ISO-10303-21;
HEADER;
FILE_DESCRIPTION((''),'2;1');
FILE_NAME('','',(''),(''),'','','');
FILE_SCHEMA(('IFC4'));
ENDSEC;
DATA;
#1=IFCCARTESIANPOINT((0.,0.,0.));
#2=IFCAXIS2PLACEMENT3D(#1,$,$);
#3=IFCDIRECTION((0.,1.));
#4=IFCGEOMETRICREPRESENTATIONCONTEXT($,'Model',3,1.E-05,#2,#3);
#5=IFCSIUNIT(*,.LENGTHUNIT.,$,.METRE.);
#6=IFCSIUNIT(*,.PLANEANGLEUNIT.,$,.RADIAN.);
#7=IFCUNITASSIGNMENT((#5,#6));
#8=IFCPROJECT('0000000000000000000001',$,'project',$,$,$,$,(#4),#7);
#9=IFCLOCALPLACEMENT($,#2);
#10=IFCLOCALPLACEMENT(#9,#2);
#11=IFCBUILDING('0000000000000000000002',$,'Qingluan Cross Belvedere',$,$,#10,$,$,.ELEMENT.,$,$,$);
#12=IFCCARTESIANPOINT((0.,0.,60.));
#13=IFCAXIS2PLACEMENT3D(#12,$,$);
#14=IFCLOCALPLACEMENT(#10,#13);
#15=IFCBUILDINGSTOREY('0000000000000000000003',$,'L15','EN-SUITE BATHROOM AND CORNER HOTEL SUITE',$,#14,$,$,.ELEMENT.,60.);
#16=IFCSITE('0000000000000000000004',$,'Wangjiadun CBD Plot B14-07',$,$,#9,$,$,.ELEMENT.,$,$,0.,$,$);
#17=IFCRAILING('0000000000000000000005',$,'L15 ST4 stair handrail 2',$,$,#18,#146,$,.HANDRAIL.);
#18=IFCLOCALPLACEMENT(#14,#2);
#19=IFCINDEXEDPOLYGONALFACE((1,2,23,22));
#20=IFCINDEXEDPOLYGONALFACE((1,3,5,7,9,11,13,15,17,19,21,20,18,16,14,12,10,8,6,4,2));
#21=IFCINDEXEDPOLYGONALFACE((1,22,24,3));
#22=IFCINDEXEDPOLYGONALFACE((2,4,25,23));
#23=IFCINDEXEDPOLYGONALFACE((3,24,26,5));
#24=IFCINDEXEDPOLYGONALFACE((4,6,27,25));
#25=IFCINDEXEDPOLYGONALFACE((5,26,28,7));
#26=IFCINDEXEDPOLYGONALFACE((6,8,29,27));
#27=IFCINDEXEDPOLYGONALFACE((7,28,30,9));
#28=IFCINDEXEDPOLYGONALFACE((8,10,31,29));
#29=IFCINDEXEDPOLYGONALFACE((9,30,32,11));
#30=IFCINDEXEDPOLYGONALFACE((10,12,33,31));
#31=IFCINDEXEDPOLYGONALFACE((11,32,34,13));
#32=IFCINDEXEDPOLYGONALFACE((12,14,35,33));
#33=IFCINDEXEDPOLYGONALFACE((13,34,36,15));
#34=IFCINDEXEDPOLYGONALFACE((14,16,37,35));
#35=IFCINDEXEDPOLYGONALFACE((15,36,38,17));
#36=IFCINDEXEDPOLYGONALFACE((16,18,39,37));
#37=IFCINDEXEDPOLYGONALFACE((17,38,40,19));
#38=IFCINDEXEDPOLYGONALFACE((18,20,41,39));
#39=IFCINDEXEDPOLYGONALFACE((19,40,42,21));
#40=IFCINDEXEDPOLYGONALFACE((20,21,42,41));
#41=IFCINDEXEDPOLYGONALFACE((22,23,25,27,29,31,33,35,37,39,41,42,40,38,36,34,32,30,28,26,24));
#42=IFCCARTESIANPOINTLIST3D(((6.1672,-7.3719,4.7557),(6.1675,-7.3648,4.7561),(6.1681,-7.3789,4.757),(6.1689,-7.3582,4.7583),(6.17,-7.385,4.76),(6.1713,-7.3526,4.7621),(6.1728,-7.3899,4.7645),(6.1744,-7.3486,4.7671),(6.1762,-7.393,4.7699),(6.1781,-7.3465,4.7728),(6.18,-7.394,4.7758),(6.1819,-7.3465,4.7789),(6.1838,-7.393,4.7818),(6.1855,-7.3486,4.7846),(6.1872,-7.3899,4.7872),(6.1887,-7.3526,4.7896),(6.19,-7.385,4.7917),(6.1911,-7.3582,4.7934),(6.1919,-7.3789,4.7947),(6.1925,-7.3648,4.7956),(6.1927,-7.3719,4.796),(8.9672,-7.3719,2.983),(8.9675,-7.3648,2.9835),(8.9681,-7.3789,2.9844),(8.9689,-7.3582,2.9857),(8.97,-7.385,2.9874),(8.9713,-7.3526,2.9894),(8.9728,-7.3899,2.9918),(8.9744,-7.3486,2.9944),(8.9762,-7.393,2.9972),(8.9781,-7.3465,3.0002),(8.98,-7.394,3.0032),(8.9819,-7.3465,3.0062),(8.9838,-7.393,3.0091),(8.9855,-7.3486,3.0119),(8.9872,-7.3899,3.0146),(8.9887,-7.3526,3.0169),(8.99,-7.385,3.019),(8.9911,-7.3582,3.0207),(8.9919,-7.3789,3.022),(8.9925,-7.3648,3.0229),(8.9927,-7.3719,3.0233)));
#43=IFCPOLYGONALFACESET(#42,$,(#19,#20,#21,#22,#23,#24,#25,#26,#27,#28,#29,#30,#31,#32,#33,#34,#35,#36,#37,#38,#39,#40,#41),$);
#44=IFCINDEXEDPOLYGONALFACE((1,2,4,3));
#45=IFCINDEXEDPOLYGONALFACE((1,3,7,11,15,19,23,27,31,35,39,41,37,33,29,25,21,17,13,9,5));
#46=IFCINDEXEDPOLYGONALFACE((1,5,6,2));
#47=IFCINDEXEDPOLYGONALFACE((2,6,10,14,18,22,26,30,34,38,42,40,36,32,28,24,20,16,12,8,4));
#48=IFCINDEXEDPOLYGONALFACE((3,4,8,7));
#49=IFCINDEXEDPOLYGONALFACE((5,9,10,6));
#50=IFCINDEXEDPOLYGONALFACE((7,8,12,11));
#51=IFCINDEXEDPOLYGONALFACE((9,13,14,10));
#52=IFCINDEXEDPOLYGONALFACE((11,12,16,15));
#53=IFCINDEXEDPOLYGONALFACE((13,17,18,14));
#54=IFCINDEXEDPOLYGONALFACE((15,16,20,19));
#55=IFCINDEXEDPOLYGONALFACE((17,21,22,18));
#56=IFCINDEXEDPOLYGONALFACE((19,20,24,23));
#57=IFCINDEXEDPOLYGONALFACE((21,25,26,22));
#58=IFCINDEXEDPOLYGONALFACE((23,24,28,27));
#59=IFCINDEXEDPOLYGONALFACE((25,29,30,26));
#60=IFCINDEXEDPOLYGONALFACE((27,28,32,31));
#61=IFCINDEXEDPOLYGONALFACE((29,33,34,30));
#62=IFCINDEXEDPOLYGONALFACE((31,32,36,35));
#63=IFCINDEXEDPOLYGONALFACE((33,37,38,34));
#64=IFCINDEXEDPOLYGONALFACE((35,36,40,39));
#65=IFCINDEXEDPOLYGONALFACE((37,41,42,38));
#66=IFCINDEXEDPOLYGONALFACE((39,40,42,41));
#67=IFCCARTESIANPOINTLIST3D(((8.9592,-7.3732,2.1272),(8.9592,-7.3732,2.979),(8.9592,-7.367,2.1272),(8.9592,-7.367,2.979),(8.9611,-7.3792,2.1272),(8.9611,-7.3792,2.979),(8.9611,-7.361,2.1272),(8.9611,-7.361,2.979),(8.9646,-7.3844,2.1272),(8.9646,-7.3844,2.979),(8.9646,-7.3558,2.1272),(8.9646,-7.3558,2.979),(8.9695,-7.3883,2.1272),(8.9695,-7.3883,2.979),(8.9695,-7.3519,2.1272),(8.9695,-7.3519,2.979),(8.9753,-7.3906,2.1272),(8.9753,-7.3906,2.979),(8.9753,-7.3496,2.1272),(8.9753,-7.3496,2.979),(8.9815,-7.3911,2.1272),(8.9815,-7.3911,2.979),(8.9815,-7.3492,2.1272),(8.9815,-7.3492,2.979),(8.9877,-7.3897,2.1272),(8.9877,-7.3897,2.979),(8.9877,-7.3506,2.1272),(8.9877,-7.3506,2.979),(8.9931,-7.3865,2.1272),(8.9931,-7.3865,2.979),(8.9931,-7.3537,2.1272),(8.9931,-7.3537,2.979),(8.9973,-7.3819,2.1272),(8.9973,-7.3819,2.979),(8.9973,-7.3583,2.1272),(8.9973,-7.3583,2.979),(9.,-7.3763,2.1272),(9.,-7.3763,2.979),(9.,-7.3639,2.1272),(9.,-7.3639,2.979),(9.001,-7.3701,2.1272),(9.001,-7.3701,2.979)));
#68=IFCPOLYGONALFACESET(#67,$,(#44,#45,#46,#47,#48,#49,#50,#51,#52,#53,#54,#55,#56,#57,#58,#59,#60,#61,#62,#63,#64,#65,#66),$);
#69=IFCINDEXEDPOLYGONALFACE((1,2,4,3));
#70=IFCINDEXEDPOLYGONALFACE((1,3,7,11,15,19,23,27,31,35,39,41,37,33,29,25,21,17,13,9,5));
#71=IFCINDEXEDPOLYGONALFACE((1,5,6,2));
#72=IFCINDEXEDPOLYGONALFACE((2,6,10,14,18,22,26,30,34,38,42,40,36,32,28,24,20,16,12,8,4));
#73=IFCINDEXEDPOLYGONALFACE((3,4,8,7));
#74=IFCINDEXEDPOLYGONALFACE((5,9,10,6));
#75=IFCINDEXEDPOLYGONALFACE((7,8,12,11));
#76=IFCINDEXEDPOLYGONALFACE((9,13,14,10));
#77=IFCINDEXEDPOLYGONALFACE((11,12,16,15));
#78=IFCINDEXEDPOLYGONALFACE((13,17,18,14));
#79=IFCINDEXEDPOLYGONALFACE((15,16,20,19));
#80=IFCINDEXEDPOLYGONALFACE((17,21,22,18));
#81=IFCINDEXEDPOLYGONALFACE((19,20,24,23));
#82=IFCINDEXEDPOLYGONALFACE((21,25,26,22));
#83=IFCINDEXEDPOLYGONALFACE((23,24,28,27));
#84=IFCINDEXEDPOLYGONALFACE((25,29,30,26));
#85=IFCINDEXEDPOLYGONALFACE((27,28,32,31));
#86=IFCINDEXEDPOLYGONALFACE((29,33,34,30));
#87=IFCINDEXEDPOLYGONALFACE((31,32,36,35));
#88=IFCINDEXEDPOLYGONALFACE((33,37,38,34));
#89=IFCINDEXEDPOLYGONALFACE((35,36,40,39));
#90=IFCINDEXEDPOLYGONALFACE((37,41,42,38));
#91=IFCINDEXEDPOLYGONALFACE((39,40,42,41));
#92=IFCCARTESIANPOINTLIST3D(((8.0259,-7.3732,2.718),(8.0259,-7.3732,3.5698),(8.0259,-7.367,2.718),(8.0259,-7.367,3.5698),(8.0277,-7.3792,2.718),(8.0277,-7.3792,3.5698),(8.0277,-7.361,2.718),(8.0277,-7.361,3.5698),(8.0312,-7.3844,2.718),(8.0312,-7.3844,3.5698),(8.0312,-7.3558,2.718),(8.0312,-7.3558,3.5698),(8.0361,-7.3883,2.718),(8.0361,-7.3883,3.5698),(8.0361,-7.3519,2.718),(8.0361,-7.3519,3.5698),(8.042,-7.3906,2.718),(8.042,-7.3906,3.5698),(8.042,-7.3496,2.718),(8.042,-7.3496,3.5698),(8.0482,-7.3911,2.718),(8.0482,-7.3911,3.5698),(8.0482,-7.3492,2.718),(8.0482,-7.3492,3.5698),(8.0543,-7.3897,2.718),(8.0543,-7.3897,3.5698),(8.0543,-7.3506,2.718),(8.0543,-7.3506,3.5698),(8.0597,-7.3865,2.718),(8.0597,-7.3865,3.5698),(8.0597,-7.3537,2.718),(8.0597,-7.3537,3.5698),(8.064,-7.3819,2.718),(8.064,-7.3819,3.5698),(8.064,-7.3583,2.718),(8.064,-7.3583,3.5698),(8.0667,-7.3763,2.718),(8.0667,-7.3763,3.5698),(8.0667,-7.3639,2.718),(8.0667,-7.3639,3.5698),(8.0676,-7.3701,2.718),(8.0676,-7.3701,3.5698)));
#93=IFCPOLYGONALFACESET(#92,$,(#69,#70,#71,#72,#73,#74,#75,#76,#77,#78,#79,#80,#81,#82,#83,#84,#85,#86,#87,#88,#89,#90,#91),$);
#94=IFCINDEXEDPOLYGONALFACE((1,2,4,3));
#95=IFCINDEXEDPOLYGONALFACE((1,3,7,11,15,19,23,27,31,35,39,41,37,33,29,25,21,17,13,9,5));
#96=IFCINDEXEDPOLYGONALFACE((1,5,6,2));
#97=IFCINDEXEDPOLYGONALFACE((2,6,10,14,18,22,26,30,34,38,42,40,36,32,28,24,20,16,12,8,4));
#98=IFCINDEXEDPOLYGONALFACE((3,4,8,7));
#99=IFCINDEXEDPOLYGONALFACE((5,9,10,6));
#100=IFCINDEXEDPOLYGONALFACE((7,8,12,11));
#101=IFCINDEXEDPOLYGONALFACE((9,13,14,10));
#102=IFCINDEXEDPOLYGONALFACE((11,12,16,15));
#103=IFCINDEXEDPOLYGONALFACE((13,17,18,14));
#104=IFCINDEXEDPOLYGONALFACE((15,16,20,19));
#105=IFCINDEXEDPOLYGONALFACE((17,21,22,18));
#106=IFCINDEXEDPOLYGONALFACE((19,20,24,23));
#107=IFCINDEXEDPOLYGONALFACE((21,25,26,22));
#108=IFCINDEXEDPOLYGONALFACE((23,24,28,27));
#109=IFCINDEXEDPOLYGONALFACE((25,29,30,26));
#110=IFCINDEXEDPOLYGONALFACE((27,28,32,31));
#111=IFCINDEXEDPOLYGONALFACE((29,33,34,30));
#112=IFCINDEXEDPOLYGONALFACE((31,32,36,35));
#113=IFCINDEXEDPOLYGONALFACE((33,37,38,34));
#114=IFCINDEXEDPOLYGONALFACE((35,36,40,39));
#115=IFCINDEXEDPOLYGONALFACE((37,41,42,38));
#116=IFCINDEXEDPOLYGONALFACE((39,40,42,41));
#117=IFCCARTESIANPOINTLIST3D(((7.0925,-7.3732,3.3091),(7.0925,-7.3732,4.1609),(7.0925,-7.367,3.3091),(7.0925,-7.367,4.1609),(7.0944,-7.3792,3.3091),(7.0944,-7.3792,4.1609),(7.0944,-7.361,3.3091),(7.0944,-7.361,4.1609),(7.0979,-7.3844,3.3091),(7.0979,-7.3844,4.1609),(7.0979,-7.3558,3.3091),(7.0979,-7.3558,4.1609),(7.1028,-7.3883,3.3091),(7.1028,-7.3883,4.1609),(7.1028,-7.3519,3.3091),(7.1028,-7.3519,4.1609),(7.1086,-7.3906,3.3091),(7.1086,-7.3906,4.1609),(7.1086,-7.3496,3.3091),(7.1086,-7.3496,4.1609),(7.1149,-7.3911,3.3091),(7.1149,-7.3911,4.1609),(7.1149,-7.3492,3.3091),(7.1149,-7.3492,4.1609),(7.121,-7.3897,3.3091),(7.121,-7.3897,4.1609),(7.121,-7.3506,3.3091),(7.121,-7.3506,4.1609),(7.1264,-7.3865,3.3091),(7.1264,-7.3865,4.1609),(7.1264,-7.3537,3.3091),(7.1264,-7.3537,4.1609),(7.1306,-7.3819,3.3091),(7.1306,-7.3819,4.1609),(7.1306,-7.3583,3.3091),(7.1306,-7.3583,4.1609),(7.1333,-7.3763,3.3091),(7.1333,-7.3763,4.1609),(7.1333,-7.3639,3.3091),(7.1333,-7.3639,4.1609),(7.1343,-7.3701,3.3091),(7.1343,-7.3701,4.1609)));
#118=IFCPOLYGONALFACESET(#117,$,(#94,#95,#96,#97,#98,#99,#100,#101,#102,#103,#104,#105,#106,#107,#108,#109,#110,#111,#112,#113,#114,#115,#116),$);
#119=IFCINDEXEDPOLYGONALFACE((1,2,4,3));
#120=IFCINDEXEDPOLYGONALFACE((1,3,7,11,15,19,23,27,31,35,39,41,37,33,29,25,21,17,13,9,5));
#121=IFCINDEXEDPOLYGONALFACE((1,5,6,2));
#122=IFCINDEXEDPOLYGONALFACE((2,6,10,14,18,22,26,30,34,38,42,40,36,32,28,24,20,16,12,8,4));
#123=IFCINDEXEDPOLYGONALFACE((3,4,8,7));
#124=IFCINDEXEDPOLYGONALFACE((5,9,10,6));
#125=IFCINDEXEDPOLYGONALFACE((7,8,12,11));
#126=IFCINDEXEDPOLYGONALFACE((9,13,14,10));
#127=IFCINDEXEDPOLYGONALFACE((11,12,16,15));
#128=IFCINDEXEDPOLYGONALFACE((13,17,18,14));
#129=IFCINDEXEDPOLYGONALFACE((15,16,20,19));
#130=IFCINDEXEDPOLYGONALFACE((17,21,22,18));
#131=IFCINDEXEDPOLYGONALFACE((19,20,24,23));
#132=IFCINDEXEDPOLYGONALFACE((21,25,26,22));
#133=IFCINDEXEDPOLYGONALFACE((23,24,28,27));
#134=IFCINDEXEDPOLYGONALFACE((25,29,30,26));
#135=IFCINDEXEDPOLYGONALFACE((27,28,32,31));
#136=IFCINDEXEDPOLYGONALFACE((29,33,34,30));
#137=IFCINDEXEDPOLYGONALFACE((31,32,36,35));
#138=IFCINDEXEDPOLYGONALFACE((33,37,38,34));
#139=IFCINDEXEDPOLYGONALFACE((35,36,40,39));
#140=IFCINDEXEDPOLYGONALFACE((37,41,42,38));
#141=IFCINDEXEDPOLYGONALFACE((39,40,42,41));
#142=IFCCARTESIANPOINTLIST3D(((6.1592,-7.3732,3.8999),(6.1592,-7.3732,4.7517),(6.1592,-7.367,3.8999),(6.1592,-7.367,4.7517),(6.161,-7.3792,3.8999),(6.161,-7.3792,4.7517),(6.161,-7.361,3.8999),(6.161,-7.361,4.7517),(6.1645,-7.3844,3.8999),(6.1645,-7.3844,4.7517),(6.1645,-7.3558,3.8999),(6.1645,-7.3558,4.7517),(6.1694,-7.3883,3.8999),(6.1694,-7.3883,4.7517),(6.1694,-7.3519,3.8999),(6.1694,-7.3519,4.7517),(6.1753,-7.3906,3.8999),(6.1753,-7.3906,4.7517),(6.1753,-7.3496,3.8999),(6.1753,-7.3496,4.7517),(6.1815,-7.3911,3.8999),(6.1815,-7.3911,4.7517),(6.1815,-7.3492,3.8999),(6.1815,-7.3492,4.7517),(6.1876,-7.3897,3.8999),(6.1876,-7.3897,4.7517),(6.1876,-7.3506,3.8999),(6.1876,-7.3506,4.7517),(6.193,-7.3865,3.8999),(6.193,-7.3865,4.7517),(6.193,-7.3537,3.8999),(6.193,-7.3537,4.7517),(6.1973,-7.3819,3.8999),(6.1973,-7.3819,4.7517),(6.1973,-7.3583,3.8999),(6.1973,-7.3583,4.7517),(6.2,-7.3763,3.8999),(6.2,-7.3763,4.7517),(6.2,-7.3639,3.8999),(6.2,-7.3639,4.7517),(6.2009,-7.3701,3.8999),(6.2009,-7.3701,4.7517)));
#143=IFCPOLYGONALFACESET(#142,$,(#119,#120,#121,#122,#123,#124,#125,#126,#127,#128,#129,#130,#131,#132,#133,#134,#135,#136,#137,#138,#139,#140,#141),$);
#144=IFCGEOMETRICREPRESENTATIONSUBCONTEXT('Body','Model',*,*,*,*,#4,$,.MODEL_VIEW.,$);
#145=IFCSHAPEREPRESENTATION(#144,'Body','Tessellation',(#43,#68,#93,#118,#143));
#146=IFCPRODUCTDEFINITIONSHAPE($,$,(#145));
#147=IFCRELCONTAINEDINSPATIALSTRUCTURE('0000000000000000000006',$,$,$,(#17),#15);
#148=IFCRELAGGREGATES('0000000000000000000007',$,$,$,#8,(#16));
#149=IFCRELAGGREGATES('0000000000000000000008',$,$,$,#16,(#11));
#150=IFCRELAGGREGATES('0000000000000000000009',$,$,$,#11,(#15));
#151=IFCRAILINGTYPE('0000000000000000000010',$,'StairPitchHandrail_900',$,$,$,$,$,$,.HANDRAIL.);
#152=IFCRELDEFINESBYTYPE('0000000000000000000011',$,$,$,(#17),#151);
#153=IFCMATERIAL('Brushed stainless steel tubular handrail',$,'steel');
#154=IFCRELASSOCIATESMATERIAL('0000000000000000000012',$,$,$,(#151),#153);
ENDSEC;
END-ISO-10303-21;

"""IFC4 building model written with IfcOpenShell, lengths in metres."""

from ifc_helpers import new_model, si_unit, direction, frame, origin, origin_2d, place, context, subcontext, project, spatial, circle, extrude, material, type_object, element, save


model = new_model("IFC4")

# Units and contexts
model_context = context("Model", 3, precision=1e-05, world=origin(), true_north=direction((0.0, 1.0)))
body_context = subcontext(model_context, "Body", "Model", "MODEL_VIEW")
ifc_project = project(units=[si_unit("LENGTHUNIT", "METRE"), si_unit("PLANEANGLEUNIT", "RADIAN")], contexts=[model_context])

# Site, building, storey
site_placement = place(None, origin())
site = spatial("IfcSite", under=ifc_project, at=site_placement, Name="Wangjiadun CBD Plot B14-07", CompositionType="ELEMENT", RefElevation=0.0)
building_placement = place(site_placement, origin())
building = spatial("IfcBuilding", under=site, at=building_placement, Name="Qingluan Cross Belvedere", CompositionType="ELEMENT")
storey_placement = place(building_placement, frame((0.0, 0.0, 60.0)))
storey = spatial("IfcBuildingStorey", under=building, at=storey_placement, Name="L15", Description="EN-SUITE BATHROOM AND CORNER HOTEL SUITE", CompositionType="ELEMENT", Elevation=60.0)

# Railing
ifc_material_1 = material(Name="Brushed stainless steel tubular handrail", Category="steel")
railing_type_1 = type_object("IfcRailingType", Name="StairPitchHandrail_900", PredefinedType="HANDRAIL", material=ifc_material_1)
railing_1_placement = place(storey_placement, frame((8.98, -7.3701, 2.1272)))
element("IfcRailing", 1, at=railing_1_placement, inside=storey, type_object=railing_type_1, Name="L15 ST4 stair handrail 2", PredefinedType="HANDRAIL", context=body_context, shape_type="SweptSolid", body=[
    extrude(circle(Radius=0.0239, at=origin_2d()), frame((0.0, 0.0, 0.876), z_axis=(-0.844909, 0.0, 0.53491), x_axis=(0.0, -1.0, 0.0)), (0.0, 0.0, 1.0), 3.314),
    extrude(circle(Radius=0.021, at=origin_2d()), origin(), (0.0, 0.0, 1.0), 0.8518),
    extrude(circle(Radius=0.021, at=origin_2d()), frame((-0.9333, 0.0, 0.5908)), (0.0, 0.0, 1.0), 0.8518),
    extrude(circle(Radius=0.021, at=origin_2d()), frame((-1.8667, 0.0, 1.1819)), (0.0, 0.0, 1.0), 0.8518),
    extrude(circle(Radius=0.021, at=origin_2d()), frame((-2.8, 0.0, 1.7727)), (0.0, 0.0, 1.0), 0.8518),
])

save(model, "model.ifc")
